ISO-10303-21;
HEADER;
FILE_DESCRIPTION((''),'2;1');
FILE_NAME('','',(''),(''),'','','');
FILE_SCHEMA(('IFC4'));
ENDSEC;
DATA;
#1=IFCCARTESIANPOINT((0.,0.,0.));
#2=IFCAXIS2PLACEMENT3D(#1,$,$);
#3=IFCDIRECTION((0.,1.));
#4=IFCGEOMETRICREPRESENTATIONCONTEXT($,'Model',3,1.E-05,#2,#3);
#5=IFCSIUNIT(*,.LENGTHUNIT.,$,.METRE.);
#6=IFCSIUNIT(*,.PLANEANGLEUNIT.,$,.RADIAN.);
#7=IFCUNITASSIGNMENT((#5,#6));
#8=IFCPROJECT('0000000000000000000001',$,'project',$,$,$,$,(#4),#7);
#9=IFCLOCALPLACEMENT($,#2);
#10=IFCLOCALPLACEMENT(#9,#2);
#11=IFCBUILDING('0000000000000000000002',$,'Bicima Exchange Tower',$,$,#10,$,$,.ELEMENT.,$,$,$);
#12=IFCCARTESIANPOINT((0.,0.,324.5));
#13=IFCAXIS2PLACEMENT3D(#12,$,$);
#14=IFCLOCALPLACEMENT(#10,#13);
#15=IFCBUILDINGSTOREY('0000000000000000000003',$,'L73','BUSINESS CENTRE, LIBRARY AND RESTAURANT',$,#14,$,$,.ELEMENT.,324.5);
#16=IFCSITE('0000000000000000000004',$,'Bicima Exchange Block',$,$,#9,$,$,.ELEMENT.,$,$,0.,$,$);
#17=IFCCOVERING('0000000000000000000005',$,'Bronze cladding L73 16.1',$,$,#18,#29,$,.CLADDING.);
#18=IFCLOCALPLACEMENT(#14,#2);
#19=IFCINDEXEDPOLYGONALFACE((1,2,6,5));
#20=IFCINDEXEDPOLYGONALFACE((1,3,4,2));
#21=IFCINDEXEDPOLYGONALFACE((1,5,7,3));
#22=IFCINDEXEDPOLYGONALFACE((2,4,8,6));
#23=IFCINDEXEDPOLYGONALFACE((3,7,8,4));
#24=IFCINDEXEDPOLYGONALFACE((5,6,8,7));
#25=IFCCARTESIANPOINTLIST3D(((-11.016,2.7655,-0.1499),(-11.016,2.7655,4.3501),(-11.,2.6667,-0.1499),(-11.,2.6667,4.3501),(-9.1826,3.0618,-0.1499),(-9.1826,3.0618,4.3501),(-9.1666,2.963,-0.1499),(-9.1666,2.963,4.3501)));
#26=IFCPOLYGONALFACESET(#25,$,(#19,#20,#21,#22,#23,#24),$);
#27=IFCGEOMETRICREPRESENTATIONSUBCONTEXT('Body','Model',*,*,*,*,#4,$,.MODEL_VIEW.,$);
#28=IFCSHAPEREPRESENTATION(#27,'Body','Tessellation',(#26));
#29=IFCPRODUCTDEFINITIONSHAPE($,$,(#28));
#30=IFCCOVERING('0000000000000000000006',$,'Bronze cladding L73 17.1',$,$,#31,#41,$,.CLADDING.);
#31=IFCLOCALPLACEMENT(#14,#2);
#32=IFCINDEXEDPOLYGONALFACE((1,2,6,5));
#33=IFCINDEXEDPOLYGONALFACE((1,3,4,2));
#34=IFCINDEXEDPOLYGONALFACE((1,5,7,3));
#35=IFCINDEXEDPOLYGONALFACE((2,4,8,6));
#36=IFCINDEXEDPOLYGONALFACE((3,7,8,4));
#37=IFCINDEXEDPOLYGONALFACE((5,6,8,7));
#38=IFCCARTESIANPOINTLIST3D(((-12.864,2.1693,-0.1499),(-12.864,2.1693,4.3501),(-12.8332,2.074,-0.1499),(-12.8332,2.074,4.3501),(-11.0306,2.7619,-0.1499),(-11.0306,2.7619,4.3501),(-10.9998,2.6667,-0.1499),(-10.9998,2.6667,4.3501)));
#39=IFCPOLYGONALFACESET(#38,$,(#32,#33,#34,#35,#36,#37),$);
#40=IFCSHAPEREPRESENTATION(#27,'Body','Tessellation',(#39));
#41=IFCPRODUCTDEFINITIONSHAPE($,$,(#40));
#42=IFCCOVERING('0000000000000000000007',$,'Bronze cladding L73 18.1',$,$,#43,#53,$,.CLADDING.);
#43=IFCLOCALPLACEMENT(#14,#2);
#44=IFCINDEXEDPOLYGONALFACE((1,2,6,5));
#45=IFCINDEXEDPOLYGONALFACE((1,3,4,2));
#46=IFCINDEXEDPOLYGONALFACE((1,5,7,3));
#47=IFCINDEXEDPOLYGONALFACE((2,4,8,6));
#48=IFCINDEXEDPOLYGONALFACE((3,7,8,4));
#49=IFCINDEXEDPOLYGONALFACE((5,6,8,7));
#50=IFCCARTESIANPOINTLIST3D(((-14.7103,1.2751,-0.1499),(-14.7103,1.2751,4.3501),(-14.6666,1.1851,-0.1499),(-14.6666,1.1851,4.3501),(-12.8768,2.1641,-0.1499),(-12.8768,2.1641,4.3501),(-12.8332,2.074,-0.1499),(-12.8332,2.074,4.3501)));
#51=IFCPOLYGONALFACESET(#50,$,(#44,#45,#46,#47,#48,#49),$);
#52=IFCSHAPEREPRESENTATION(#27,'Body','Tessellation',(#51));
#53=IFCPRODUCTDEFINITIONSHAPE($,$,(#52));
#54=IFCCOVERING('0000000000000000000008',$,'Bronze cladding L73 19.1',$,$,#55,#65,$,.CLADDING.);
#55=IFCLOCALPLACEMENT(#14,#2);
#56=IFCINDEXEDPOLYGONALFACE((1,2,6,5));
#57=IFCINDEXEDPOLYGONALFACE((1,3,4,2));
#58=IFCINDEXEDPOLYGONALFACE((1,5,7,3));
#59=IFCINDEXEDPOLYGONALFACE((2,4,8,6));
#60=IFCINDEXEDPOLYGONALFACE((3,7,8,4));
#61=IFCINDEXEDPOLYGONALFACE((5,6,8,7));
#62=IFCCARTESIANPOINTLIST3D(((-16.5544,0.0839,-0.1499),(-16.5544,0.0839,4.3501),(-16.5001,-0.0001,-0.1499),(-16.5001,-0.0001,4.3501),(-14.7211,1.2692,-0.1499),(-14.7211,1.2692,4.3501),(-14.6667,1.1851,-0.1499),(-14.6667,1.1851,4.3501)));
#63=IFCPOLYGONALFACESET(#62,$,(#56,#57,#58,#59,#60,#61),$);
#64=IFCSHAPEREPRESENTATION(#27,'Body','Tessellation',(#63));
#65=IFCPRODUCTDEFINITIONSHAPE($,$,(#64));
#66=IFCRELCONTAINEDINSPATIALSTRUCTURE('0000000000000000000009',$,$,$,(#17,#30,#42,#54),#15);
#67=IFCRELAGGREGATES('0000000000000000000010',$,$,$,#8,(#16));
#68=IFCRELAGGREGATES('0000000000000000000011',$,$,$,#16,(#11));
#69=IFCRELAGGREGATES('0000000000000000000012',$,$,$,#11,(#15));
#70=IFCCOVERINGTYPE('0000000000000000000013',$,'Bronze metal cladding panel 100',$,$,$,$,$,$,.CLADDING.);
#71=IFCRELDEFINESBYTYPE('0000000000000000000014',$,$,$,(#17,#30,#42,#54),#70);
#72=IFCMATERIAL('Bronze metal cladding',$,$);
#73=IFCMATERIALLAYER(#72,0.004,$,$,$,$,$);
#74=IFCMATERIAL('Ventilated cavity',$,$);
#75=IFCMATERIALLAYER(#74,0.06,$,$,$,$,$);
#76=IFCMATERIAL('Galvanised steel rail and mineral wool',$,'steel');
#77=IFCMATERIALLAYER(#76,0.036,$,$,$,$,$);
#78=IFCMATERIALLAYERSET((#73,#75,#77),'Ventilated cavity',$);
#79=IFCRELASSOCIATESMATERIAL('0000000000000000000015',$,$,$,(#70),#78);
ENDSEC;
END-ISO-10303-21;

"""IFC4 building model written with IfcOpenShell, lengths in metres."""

from ifc_helpers import new_model, si_unit, direction, frame, origin, origin_2d, place, context, subcontext, project, spatial, rectangle, extrude, material, layer, layer_set, type_object, element, save


model = new_model("IFC4")

# Units and contexts
model_context = context("Model", 3, precision=1e-05, world=origin(), true_north=direction((0.0, 1.0)))
body_context = subcontext(model_context, "Body", "Model", "MODEL_VIEW")
ifc_project = project(units=[si_unit("LENGTHUNIT", "METRE"), si_unit("PLANEANGLEUNIT", "RADIAN")], contexts=[model_context])

# Site, building, storey
site_placement = place(None, origin())
site = spatial("IfcSite", under=ifc_project, at=site_placement, Name="Bicima Exchange Block", CompositionType="ELEMENT", RefElevation=0.0)
building_placement = place(site_placement, origin())
building = spatial("IfcBuilding", under=site, at=building_placement, Name="Bicima Exchange Tower", CompositionType="ELEMENT")
storey_placement = place(building_placement, frame((0.0, 0.0, 324.5)))
storey = spatial("IfcBuildingStorey", under=building, at=storey_placement, Name="L73", Description="BUSINESS CENTRE, LIBRARY AND RESTAURANT", CompositionType="ELEMENT", Elevation=324.5)

# Coverings
ifc_material_1 = material(Name="Bronze metal cladding")
ifc_layer_1 = layer(ifc_material_1, 0.004)
ifc_material_2 = material(Name="Ventilated cavity")
ifc_layer_2 = layer(ifc_material_2, 0.06)
ifc_material_3 = material(Name="Galvanised steel rail and mineral wool", Category="steel")
ifc_layer_3 = layer(ifc_material_3, 0.036)
ifc_layer_set_1 = layer_set([ifc_layer_1, ifc_layer_2, ifc_layer_3], Name="Ventilated cavity")
covering_type = type_object("IfcCoveringType", Name="Bronze metal cladding panel 100", PredefinedType="CLADDING", material=ifc_layer_set_1)
covering_1_placement = place(storey_placement, frame((-10.0913, 2.8643, -0.1499), z_axis=(0.0, 0.0, 1.0), x_axis=(-0.98719, -0.15955, 0.0)))
element("IfcCovering", 1, at=covering_1_placement, inside=storey, type_object=covering_type, Name="Bronze cladding L73 16.1", PredefinedType="CLADDING", context=body_context, shape_type="SweptSolid", body=[
    extrude(rectangle(XDim=1.8572, YDim=0.1001, at=origin_2d()), origin(), (0.0, 0.0, 1.0), 4.5),
])
covering_2_placement = place(storey_placement, frame((-11.9319, 2.418, -0.1499), z_axis=(0.0, 0.0, 1.0), x_axis=(-0.951525, -0.307573, 0.0)))
element("IfcCovering", 2, at=covering_2_placement, inside=storey, type_object=covering_type, Name="Bronze cladding L73 17.1", PredefinedType="CLADDING", context=body_context, shape_type="SweptSolid", body=[
    extrude(rectangle(XDim=1.9268, YDim=0.1001, at=origin_2d()), origin(), (0.0, 0.0, 1.0), 4.5),
])
covering_3_placement = place(storey_placement, frame((-13.7717, 1.6746, -0.1499), z_axis=(0.0, 0.0, 1.0), x_axis=(-0.899818, -0.436265, 0.0)))
element("IfcCovering", 3, at=covering_3_placement, inside=storey, type_object=covering_type, Name="Bronze cladding L73 18.1", PredefinedType="CLADDING", context=body_context, shape_type="SweptSolid", body=[
    extrude(rectangle(XDim=2.0376, YDim=0.1001, at=origin_2d()), origin(), (0.0, 0.0, 1.0), 4.5),
])
covering_4_placement = place(storey_placement, frame((-15.6106, 0.6345, -0.1499), z_axis=(0.0, 0.0, 1.0), x_axis=(-0.83979, -0.542911, 0.0)))
element("IfcCovering", 4, at=covering_4_placement, inside=storey, type_object=covering_type, Name="Bronze cladding L73 19.1", PredefinedType="CLADDING", context=body_context, shape_type="SweptSolid", body=[
    extrude(rectangle(XDim=2.1831, YDim=0.1001, at=origin_2d()), origin(), (0.0, 0.0, 1.0), 4.5),
])

save(model, "model.ifc")
